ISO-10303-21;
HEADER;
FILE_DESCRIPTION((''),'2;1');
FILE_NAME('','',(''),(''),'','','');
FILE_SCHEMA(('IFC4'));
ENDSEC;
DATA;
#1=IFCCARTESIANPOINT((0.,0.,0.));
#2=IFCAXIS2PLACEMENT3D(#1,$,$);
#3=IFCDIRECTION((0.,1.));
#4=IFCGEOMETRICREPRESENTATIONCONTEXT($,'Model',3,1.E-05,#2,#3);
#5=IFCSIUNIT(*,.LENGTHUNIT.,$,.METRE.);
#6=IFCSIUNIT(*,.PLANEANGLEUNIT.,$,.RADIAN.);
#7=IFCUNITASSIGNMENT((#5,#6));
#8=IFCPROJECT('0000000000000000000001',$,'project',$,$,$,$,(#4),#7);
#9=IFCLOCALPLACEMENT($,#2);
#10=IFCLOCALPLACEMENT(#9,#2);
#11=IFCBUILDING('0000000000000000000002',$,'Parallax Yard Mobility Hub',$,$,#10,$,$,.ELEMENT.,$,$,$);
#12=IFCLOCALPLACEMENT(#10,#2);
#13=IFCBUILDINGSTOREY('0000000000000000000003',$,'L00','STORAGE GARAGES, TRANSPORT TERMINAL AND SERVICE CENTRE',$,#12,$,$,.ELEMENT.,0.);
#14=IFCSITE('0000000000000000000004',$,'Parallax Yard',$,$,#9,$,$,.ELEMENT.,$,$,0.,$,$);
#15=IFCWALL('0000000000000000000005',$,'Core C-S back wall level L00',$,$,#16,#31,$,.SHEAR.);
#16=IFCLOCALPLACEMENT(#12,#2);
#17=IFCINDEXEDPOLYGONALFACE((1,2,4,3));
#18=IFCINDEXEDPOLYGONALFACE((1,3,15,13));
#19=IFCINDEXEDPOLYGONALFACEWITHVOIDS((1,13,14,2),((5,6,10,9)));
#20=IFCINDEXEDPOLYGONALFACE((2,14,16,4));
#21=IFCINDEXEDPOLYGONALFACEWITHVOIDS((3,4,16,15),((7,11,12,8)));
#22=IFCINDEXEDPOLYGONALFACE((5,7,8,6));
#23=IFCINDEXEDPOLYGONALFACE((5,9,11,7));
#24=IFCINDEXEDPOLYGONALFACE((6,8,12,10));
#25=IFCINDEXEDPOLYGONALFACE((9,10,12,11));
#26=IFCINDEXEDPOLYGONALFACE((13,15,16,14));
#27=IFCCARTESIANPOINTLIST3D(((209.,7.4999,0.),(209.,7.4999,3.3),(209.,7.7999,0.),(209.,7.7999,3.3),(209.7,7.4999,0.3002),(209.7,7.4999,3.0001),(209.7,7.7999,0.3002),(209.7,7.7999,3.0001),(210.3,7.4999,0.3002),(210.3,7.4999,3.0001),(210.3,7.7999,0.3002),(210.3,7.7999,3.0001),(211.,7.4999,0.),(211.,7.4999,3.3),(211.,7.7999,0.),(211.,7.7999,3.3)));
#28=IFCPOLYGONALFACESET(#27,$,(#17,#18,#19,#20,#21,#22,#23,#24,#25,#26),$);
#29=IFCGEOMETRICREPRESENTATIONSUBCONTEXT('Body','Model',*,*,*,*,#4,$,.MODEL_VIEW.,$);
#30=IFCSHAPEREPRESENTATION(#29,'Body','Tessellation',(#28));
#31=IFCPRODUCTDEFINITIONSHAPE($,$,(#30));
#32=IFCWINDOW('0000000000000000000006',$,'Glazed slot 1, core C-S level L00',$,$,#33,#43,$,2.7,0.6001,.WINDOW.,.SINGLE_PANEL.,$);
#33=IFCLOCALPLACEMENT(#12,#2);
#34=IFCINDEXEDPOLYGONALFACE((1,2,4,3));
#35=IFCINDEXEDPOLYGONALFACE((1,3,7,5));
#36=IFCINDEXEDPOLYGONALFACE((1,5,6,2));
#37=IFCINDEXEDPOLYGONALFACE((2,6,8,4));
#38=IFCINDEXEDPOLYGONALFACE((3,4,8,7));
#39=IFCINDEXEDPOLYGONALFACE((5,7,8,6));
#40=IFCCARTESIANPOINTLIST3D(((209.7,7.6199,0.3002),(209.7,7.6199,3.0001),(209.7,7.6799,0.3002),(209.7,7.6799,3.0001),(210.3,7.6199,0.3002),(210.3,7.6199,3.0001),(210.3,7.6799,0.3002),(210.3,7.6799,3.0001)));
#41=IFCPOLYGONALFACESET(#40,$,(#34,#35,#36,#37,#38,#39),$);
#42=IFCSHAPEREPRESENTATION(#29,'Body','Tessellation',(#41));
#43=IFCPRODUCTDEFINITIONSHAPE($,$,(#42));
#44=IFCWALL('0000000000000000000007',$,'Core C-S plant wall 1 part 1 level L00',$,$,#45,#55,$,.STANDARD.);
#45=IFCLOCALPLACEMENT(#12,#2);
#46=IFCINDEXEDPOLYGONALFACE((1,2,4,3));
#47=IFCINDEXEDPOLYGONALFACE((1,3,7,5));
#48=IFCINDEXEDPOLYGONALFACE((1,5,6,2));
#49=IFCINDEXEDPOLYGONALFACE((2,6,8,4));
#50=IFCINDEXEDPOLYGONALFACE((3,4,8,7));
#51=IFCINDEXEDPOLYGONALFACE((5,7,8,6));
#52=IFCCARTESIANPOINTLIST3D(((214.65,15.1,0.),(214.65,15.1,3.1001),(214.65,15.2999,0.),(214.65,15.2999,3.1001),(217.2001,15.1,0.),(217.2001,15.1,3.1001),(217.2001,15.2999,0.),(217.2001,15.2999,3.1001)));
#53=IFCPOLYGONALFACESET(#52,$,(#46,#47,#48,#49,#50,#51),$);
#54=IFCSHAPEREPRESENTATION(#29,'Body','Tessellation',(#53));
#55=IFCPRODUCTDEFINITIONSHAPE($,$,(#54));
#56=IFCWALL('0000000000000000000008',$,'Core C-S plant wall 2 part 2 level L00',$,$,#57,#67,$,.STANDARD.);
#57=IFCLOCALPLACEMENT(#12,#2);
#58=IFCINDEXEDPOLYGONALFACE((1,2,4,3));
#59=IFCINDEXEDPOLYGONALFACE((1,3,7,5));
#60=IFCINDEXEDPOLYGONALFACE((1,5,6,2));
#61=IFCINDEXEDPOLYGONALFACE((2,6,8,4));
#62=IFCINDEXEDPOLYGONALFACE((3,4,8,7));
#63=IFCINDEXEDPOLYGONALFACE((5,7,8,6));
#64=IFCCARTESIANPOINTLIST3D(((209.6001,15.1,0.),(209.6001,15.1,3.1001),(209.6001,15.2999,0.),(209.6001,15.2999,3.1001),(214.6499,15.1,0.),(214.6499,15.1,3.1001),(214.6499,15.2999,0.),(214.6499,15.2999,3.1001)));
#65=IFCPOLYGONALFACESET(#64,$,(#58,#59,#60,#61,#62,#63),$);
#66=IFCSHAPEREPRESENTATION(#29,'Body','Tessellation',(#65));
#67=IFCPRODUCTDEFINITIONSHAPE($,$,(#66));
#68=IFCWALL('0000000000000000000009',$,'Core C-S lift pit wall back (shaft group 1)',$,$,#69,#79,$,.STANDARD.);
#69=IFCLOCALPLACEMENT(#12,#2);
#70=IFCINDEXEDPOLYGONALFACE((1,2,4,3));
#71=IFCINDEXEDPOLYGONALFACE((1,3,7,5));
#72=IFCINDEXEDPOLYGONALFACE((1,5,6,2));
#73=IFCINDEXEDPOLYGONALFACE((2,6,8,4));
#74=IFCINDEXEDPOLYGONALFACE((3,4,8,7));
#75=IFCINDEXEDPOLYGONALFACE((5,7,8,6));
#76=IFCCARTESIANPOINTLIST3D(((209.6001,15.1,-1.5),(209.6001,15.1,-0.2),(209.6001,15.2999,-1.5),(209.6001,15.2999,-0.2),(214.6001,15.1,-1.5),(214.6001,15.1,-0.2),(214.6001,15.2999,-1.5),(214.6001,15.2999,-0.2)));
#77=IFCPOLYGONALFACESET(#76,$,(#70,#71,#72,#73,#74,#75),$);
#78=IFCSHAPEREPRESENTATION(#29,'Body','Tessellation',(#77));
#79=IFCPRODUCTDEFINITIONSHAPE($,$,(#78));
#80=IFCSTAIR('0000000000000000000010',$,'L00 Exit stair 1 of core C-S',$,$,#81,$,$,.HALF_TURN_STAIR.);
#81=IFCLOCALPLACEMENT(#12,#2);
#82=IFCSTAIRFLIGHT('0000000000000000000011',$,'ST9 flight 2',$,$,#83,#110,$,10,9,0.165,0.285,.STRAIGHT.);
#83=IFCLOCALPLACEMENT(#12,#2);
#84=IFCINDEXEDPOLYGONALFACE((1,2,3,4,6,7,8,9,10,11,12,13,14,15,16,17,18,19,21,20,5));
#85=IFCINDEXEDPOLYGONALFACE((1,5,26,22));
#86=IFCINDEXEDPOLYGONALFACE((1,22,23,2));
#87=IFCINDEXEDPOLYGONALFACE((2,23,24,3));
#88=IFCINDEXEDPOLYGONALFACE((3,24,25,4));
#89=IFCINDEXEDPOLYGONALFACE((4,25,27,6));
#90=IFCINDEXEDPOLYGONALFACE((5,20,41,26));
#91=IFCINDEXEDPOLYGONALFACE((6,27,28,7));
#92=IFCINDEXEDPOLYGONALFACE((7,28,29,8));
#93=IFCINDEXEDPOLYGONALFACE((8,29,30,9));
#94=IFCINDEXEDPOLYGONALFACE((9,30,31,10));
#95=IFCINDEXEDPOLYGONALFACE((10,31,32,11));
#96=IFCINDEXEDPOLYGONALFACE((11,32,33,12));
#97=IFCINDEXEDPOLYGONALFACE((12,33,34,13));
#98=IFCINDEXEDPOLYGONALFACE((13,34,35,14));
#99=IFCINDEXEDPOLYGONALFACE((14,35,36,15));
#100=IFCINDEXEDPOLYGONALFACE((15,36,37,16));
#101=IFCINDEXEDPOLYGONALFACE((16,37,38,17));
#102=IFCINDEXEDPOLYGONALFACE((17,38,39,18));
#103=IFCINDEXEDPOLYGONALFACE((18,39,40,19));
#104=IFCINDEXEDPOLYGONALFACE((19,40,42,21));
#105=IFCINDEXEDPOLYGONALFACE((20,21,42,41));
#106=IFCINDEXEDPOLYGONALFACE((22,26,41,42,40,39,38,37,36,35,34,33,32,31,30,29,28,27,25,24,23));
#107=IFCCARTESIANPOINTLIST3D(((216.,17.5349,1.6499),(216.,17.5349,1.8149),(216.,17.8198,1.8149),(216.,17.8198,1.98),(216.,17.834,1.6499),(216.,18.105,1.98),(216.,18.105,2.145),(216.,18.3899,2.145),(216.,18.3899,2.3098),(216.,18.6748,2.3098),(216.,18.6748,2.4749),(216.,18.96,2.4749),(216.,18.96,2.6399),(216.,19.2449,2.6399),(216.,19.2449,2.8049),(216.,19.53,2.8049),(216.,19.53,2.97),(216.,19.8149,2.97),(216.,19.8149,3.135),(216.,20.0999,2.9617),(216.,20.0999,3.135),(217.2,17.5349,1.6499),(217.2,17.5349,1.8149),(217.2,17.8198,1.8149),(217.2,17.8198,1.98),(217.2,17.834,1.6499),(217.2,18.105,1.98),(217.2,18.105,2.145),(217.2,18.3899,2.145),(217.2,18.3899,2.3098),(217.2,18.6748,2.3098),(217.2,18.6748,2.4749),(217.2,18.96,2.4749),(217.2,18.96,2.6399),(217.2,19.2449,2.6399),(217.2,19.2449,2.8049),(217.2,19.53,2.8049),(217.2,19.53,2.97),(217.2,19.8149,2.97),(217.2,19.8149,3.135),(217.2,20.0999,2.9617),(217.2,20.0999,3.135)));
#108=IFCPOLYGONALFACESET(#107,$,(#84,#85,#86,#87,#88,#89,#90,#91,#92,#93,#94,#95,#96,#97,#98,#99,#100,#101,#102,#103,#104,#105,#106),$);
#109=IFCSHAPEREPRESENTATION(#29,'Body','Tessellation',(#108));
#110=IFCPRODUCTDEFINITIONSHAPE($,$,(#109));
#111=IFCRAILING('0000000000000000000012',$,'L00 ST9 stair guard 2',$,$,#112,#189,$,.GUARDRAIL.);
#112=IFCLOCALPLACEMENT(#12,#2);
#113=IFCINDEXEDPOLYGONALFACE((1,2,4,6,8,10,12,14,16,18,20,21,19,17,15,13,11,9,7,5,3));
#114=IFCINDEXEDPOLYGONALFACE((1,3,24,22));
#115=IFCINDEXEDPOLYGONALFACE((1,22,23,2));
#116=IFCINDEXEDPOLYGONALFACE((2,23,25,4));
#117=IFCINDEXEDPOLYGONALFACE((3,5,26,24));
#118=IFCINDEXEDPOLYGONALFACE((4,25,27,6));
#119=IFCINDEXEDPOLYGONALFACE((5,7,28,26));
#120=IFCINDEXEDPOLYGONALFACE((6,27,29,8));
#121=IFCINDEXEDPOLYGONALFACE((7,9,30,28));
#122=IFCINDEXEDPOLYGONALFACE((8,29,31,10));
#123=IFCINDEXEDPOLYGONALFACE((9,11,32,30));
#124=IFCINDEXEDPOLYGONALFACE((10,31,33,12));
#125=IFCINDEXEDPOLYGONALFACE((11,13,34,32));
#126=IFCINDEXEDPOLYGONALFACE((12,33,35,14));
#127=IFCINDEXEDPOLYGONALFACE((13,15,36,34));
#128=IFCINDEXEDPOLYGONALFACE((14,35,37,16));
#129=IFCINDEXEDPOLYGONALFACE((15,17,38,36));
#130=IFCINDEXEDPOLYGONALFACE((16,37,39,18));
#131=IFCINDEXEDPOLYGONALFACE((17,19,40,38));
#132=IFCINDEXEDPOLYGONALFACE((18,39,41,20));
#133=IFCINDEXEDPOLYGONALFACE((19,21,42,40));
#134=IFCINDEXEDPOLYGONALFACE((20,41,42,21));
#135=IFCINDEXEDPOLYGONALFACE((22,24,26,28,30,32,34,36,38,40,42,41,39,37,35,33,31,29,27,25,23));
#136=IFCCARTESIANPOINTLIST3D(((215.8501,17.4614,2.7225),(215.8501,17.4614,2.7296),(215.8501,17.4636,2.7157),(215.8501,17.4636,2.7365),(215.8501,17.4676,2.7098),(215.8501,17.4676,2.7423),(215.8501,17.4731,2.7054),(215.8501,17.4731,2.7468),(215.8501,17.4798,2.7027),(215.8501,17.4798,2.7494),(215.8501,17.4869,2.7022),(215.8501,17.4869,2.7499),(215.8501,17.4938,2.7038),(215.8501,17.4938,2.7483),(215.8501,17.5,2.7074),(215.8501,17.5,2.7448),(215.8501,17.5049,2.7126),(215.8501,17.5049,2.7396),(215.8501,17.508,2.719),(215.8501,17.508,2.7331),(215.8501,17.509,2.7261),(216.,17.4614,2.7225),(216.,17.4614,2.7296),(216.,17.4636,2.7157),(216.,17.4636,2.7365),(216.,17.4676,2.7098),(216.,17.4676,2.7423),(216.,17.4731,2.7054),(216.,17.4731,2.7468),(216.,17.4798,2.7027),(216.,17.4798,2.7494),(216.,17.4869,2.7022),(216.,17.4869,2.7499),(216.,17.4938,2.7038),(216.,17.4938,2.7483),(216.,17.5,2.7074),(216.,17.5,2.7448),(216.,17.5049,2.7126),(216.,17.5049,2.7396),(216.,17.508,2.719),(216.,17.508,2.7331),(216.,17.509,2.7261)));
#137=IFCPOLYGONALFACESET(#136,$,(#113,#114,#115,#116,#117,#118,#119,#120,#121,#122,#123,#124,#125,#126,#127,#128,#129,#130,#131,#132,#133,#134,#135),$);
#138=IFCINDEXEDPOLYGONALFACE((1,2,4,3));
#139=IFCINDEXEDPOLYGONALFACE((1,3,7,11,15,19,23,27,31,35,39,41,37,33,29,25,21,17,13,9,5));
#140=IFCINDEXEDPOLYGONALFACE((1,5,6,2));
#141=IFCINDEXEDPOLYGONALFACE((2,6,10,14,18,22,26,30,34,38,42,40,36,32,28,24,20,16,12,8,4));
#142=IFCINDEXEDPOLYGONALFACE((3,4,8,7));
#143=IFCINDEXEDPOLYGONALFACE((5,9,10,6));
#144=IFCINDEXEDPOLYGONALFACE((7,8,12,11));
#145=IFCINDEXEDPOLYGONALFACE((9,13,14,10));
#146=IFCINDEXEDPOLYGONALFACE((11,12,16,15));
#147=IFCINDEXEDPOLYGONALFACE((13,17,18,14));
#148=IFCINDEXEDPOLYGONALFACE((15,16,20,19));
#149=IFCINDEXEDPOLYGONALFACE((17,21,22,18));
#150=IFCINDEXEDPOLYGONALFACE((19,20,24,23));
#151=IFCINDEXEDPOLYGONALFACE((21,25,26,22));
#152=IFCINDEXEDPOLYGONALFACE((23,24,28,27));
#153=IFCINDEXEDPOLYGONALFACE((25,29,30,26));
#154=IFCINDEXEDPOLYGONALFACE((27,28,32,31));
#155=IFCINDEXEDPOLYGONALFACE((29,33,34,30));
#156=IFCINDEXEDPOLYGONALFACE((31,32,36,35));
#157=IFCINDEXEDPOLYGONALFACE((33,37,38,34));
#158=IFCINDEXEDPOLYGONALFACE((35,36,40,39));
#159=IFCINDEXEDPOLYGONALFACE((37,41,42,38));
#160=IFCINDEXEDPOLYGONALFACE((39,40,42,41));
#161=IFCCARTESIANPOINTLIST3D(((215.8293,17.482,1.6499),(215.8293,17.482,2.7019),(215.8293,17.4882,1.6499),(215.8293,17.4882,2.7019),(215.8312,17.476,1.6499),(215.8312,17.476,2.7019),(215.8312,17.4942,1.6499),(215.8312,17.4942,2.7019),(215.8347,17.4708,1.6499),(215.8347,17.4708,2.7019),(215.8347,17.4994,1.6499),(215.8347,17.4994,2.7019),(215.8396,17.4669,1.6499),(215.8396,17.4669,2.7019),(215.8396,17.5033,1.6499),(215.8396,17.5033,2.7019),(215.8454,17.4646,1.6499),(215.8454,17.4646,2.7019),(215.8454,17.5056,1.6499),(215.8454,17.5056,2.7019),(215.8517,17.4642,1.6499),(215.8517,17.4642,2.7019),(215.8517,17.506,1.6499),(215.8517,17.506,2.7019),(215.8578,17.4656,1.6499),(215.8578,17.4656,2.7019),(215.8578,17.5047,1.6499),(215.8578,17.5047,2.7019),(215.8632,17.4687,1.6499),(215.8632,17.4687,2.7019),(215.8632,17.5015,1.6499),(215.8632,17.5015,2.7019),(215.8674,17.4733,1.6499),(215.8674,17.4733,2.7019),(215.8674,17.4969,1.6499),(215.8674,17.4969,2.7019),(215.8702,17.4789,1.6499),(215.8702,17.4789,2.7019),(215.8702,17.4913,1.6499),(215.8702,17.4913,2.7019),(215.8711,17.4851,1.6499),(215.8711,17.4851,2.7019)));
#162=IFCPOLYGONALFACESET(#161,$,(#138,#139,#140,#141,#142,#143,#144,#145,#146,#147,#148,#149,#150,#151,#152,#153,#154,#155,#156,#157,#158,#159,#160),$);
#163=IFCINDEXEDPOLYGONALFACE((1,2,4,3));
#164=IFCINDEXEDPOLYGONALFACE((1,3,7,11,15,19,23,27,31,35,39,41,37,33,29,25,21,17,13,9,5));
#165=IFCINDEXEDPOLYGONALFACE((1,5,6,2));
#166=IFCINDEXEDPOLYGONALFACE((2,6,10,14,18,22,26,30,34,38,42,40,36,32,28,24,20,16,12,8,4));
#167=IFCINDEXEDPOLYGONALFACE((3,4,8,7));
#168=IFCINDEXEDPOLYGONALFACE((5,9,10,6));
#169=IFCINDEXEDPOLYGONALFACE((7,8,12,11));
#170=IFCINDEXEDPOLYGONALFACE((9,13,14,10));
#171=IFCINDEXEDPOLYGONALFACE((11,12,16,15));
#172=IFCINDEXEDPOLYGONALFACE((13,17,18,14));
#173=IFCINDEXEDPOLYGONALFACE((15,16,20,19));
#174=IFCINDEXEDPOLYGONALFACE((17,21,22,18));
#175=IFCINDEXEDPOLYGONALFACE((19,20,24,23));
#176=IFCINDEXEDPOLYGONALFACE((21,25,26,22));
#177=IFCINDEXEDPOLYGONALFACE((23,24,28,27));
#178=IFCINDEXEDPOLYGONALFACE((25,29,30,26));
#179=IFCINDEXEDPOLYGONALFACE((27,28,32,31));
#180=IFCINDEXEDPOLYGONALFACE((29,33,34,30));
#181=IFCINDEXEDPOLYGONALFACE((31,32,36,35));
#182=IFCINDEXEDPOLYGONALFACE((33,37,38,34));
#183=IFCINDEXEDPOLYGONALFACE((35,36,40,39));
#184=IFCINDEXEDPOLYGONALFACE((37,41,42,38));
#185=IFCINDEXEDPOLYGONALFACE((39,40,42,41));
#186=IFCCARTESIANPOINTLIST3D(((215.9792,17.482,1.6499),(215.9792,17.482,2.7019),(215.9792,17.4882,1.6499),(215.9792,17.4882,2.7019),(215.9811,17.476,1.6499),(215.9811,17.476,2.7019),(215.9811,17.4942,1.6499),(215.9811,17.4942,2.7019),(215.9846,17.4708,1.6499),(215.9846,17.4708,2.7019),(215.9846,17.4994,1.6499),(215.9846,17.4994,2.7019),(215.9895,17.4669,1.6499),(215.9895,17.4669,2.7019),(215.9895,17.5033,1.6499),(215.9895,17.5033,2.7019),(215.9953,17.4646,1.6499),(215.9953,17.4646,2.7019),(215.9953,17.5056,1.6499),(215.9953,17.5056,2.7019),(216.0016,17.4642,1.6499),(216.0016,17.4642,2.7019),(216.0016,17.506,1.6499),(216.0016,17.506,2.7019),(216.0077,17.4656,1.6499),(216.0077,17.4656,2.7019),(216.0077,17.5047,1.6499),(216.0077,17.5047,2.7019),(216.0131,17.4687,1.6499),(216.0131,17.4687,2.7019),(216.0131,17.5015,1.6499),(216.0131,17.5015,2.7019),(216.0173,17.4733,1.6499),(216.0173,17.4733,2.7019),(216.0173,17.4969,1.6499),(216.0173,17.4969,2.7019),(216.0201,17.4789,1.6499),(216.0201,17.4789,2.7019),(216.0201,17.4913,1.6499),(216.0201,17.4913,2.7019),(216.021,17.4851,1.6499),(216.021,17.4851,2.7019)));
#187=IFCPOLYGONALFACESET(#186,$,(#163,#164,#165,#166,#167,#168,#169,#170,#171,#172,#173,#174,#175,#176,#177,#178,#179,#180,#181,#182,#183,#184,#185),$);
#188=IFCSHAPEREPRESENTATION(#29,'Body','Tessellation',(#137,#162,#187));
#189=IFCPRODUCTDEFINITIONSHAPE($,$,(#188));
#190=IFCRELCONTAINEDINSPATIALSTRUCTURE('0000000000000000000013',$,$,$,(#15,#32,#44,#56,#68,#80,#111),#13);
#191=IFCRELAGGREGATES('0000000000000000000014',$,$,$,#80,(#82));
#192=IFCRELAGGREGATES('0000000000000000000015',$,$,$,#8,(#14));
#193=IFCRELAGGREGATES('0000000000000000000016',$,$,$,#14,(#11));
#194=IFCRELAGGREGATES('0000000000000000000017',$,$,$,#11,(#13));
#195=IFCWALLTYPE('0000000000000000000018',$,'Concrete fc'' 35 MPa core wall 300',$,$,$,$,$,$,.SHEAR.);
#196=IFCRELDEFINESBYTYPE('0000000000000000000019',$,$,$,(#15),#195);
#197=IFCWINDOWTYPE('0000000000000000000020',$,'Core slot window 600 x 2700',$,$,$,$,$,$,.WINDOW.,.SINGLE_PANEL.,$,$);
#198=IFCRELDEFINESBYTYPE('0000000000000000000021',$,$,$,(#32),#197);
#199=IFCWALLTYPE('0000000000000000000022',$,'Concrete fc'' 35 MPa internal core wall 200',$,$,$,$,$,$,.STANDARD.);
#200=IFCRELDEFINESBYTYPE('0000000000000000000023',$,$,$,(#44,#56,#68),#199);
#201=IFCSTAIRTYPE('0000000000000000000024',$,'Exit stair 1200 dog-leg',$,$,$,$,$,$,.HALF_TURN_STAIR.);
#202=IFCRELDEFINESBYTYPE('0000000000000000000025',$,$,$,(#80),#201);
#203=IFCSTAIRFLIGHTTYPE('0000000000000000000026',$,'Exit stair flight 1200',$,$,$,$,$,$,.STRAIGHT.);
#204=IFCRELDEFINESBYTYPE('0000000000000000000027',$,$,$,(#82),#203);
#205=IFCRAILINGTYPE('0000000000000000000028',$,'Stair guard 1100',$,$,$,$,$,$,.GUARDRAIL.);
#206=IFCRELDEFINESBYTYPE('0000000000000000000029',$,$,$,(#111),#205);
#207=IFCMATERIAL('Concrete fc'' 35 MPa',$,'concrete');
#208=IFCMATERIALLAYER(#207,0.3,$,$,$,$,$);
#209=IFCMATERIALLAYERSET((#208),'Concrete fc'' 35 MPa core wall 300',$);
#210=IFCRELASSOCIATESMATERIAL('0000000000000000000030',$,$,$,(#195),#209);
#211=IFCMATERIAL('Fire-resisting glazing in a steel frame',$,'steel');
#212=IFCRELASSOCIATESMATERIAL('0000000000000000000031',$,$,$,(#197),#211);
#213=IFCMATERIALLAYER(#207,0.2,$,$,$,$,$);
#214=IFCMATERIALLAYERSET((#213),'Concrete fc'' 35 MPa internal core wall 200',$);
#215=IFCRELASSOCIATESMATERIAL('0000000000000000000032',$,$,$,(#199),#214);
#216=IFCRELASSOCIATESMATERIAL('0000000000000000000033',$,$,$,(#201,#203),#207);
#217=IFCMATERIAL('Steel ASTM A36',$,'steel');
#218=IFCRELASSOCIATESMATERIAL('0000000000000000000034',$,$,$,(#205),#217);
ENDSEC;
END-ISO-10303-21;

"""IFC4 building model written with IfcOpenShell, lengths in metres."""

from ifc_helpers import new_model, si_unit, direction, frame, frame_2d, origin, origin_2d, place, context, subcontext, project, spatial, polyline, rectangle, circle, outline, extrude, material, layer, layer_set, type_object, element, fill, aggregate, save


model = new_model("IFC4")

# Units and contexts
model_context = context("Model", 3, precision=1e-05, world=origin(), true_north=direction((0.0, 1.0)))
body_context = subcontext(model_context, "Body", "Model", "MODEL_VIEW")
ifc_project = project(units=[si_unit("LENGTHUNIT", "METRE"), si_unit("PLANEANGLEUNIT", "RADIAN")], contexts=[model_context])

# Site, building, storey
site_placement = place(None, origin())
site = spatial("IfcSite", under=ifc_project, at=site_placement, Name="Parallax Yard", CompositionType="ELEMENT", RefElevation=0.0)
building_placement = place(site_placement, origin())
building = spatial("IfcBuilding", under=site, at=building_placement, Name="Parallax Yard Mobility Hub", CompositionType="ELEMENT")
storey_placement = place(building_placement, origin())
storey = spatial("IfcBuildingStorey", under=building, at=storey_placement, Name="L00", Description="STORAGE GARAGES, TRANSPORT TERMINAL AND SERVICE CENTRE", CompositionType="ELEMENT", Elevation=0.0)

# Wall, opening, window
ifc_material_1 = material(Name="Concrete fc' 35 MPa", Category="concrete")
ifc_layer_1 = layer(ifc_material_1, 0.3)
ifc_layer_set_1 = layer_set([ifc_layer_1], Name="Concrete fc' 35 MPa core wall 300")
wall_type_1 = type_object("IfcWallType", Name="Concrete fc' 35 MPa core wall 300", PredefinedType="SHEAR", material=ifc_layer_set_1)
wall_1_placement = place(storey_placement, frame((211.0, 7.6499, 0.0), z_axis=(0.0, 0.0, 1.0), x_axis=(-1.0, 0.0, 0.0)))
wall_1 = element("IfcWall", 1, at=wall_1_placement, inside=storey, type_object=wall_type_1, Name="Core C-S back wall level L00", PredefinedType="SHEAR", context=body_context, shape_type="SweptSolid", body=[
    extrude(rectangle(XDim=2.0, YDim=0.3, at=frame_2d((1.0, 0.0))), origin(), (0.0, 0.0, 1.0), 3.3),
])
opening_placement = place(wall_1_placement, frame((0.7, 0.0, 0.3)))
opening = element("IfcOpeningElement", 2, at=opening_placement, cuts=wall_1, PredefinedType="OPENING", context=body_context, shape_type="SweptSolid", body=[
    extrude(rectangle(XDim=0.6001, YDim=2.7, at=frame_2d((0.3, 1.3501))), frame((0.0, 0.1602, 0.0), z_axis=(0.0, -1.0, 0.0), x_axis=(1.0, 0.0, 0.0)), (0.0, 0.0, 1.0), 0.3201),
])
ifc_material_2 = material(Name="Fire-resisting glazing in a steel frame", Category="steel")
window_type = type_object("IfcWindowType", Name="Core slot window 600 x 2700", PartitioningType="SINGLE_PANEL", PredefinedType="WINDOW", material=ifc_material_2)
window_placement = place(opening_placement, origin())
window = element("IfcWindow", 3, at=window_placement, inside=storey, type_object=window_type, Name="Glazed slot 1, core C-S level L00", OverallHeight=2.7, OverallWidth=0.6001, PartitioningType="SINGLE_PANEL", PredefinedType="WINDOW", context=body_context, shape_type="SweptSolid", body=[
    extrude(rectangle(XDim=0.6001, YDim=2.7, at=frame_2d((0.3, 1.3501))), frame((0.0, 0.03, 0.0), z_axis=(0.0, -1.0, 0.0), x_axis=(1.0, 0.0, 0.0)), (0.0, 0.0, 1.0), 0.0601),
])
fill(opening, window)

# Walls
ifc_layer_2 = layer(ifc_material_1, 0.2)
ifc_layer_set_2 = layer_set([ifc_layer_2], Name="Concrete fc' 35 MPa internal core wall 200")
wall_type_2 = type_object("IfcWallType", Name="Concrete fc' 35 MPa internal core wall 200", PredefinedType="STANDARD", material=ifc_layer_set_2)
wall_2_placement = place(storey_placement, frame((217.2, 15.2, 0.0), z_axis=(0.0, 0.0, 1.0), x_axis=(-1.0, 0.0, 0.0)))
element("IfcWall", 4, at=wall_2_placement, inside=storey, type_object=wall_type_2, Name="Core C-S plant wall 1 part 1 level L00", PredefinedType="STANDARD", context=body_context, shape_type="SweptSolid", body=[
    extrude(rectangle(XDim=2.55, YDim=0.2, at=frame_2d((1.2749, 0.0))), origin(), (0.0, 0.0, 1.0), 3.1001),
])
wall_3_placement = place(storey_placement, frame((214.6499, 15.2, 0.0), z_axis=(0.0, 0.0, 1.0), x_axis=(-1.0, 0.0, 0.0)))
element("IfcWall", 5, at=wall_3_placement, inside=storey, type_object=wall_type_2, Name="Core C-S plant wall 2 part 2 level L00", PredefinedType="STANDARD", context=body_context, shape_type="SweptSolid", body=[
    extrude(rectangle(XDim=5.0498, YDim=0.2, at=frame_2d((2.5249, 0.0))), origin(), (0.0, 0.0, 1.0), 3.1001),
])
wall_4_placement = place(storey_placement, frame((214.6001, 15.2, -1.5), z_axis=(0.0, 0.0, 1.0), x_axis=(-1.0, 0.0, 0.0)))
element("IfcWall", 6, at=wall_4_placement, inside=storey, type_object=wall_type_2, Name="Core C-S lift pit wall back (shaft group 1)", PredefinedType="STANDARD", context=body_context, shape_type="SweptSolid", body=[
    extrude(rectangle(XDim=5.0, YDim=0.2, at=frame_2d((2.5, 0.0))), origin(), (0.0, 0.0, 1.0), 1.3),
])

# Stair, stair flight
stair_type = type_object("IfcStairType", Name="Exit stair 1200 dog-leg", PredefinedType="HALF_TURN_STAIR", material=ifc_material_1)
stair_placement = place(storey_placement, origin())
stair = element("IfcStair", 7, at=stair_placement, inside=storey, type_object=stair_type, Name="L00 Exit stair 1 of core C-S", PredefinedType="HALF_TURN_STAIR")
stair_flight_type = type_object("IfcStairFlightType", Name="Exit stair flight 1200", PredefinedType="STRAIGHT", material=ifc_material_1)
stair_flight_placement = place(storey_placement, frame((216.6001, 17.5349, 1.6499), z_axis=(0.0, 0.0, 1.0), x_axis=(0.0, 1.0, 0.0)))
stair_flight = element("IfcStairFlight", 8, at=stair_flight_placement, type_object=stair_flight_type, Name="ST9 flight 2", NumberOfRisers=10, NumberOfTreads=9, PredefinedType="STRAIGHT", RiserHeight=0.165, TreadLength=0.285, context=body_context, shape_type="SweptSolid", body=[
    extrude(outline(polyline([(0.0, 0.0), (0.0, 0.165), (0.2849, 0.165), (0.2849, 0.3301), (0.5701, 0.3301), (0.5701, 0.4951), (0.855, 0.4951), (0.855, 0.6599), (1.1399, 0.6599), (1.1399, 0.825), (1.425, 0.825), (1.425, 0.99), (1.71, 0.99), (1.71, 1.155), (1.9951, 1.155), (1.9951, 1.3201), (2.28, 1.3201), (2.28, 1.4851), (2.5649, 1.4851), (2.5649, 1.6499), (2.5649, 1.3118), (0.2991, 0.0), (0.0, 0.0)])), frame((0.0, 0.6001, 0.0), z_axis=(0.0, -1.0, 0.0), x_axis=(1.0, 0.0, 0.0)), (0.0, 0.0, 1.0), 1.2),
])
aggregate(stair, [stair_flight])

# Railing
ifc_material_3 = material(Name="Steel ASTM A36", Category="steel")
railing_type = type_object("IfcRailingType", Name="Stair guard 1100", PredefinedType="GUARDRAIL", material=ifc_material_3)
railing_1_placement = place(storey_placement, frame((215.8501, 17.4851, 1.6499)))
element("IfcRailing", 9, at=railing_1_placement, inside=storey, type_object=railing_type, Name="L00 ST9 stair guard 2", PredefinedType="GUARDRAIL", context=body_context, shape_type="SweptSolid", body=[
    extrude(circle(Radius=0.0239, at=origin_2d()), frame((0.0, 0.0, 1.0762), z_axis=(1.0, 0.0, 0.0), x_axis=(0.0, 1.0, 0.0)), (0.0, 0.0, 1.0), 0.1499),
    extrude(circle(Radius=0.021, at=origin_2d()), origin(), (0.0, 0.0, 1.0), 1.052),
    extrude(circle(Radius=0.021, at=origin_2d()), frame((0.1499, 0.0, 0.0)), (0.0, 0.0, 1.0), 1.052),
])

save(model, "model.ifc")
